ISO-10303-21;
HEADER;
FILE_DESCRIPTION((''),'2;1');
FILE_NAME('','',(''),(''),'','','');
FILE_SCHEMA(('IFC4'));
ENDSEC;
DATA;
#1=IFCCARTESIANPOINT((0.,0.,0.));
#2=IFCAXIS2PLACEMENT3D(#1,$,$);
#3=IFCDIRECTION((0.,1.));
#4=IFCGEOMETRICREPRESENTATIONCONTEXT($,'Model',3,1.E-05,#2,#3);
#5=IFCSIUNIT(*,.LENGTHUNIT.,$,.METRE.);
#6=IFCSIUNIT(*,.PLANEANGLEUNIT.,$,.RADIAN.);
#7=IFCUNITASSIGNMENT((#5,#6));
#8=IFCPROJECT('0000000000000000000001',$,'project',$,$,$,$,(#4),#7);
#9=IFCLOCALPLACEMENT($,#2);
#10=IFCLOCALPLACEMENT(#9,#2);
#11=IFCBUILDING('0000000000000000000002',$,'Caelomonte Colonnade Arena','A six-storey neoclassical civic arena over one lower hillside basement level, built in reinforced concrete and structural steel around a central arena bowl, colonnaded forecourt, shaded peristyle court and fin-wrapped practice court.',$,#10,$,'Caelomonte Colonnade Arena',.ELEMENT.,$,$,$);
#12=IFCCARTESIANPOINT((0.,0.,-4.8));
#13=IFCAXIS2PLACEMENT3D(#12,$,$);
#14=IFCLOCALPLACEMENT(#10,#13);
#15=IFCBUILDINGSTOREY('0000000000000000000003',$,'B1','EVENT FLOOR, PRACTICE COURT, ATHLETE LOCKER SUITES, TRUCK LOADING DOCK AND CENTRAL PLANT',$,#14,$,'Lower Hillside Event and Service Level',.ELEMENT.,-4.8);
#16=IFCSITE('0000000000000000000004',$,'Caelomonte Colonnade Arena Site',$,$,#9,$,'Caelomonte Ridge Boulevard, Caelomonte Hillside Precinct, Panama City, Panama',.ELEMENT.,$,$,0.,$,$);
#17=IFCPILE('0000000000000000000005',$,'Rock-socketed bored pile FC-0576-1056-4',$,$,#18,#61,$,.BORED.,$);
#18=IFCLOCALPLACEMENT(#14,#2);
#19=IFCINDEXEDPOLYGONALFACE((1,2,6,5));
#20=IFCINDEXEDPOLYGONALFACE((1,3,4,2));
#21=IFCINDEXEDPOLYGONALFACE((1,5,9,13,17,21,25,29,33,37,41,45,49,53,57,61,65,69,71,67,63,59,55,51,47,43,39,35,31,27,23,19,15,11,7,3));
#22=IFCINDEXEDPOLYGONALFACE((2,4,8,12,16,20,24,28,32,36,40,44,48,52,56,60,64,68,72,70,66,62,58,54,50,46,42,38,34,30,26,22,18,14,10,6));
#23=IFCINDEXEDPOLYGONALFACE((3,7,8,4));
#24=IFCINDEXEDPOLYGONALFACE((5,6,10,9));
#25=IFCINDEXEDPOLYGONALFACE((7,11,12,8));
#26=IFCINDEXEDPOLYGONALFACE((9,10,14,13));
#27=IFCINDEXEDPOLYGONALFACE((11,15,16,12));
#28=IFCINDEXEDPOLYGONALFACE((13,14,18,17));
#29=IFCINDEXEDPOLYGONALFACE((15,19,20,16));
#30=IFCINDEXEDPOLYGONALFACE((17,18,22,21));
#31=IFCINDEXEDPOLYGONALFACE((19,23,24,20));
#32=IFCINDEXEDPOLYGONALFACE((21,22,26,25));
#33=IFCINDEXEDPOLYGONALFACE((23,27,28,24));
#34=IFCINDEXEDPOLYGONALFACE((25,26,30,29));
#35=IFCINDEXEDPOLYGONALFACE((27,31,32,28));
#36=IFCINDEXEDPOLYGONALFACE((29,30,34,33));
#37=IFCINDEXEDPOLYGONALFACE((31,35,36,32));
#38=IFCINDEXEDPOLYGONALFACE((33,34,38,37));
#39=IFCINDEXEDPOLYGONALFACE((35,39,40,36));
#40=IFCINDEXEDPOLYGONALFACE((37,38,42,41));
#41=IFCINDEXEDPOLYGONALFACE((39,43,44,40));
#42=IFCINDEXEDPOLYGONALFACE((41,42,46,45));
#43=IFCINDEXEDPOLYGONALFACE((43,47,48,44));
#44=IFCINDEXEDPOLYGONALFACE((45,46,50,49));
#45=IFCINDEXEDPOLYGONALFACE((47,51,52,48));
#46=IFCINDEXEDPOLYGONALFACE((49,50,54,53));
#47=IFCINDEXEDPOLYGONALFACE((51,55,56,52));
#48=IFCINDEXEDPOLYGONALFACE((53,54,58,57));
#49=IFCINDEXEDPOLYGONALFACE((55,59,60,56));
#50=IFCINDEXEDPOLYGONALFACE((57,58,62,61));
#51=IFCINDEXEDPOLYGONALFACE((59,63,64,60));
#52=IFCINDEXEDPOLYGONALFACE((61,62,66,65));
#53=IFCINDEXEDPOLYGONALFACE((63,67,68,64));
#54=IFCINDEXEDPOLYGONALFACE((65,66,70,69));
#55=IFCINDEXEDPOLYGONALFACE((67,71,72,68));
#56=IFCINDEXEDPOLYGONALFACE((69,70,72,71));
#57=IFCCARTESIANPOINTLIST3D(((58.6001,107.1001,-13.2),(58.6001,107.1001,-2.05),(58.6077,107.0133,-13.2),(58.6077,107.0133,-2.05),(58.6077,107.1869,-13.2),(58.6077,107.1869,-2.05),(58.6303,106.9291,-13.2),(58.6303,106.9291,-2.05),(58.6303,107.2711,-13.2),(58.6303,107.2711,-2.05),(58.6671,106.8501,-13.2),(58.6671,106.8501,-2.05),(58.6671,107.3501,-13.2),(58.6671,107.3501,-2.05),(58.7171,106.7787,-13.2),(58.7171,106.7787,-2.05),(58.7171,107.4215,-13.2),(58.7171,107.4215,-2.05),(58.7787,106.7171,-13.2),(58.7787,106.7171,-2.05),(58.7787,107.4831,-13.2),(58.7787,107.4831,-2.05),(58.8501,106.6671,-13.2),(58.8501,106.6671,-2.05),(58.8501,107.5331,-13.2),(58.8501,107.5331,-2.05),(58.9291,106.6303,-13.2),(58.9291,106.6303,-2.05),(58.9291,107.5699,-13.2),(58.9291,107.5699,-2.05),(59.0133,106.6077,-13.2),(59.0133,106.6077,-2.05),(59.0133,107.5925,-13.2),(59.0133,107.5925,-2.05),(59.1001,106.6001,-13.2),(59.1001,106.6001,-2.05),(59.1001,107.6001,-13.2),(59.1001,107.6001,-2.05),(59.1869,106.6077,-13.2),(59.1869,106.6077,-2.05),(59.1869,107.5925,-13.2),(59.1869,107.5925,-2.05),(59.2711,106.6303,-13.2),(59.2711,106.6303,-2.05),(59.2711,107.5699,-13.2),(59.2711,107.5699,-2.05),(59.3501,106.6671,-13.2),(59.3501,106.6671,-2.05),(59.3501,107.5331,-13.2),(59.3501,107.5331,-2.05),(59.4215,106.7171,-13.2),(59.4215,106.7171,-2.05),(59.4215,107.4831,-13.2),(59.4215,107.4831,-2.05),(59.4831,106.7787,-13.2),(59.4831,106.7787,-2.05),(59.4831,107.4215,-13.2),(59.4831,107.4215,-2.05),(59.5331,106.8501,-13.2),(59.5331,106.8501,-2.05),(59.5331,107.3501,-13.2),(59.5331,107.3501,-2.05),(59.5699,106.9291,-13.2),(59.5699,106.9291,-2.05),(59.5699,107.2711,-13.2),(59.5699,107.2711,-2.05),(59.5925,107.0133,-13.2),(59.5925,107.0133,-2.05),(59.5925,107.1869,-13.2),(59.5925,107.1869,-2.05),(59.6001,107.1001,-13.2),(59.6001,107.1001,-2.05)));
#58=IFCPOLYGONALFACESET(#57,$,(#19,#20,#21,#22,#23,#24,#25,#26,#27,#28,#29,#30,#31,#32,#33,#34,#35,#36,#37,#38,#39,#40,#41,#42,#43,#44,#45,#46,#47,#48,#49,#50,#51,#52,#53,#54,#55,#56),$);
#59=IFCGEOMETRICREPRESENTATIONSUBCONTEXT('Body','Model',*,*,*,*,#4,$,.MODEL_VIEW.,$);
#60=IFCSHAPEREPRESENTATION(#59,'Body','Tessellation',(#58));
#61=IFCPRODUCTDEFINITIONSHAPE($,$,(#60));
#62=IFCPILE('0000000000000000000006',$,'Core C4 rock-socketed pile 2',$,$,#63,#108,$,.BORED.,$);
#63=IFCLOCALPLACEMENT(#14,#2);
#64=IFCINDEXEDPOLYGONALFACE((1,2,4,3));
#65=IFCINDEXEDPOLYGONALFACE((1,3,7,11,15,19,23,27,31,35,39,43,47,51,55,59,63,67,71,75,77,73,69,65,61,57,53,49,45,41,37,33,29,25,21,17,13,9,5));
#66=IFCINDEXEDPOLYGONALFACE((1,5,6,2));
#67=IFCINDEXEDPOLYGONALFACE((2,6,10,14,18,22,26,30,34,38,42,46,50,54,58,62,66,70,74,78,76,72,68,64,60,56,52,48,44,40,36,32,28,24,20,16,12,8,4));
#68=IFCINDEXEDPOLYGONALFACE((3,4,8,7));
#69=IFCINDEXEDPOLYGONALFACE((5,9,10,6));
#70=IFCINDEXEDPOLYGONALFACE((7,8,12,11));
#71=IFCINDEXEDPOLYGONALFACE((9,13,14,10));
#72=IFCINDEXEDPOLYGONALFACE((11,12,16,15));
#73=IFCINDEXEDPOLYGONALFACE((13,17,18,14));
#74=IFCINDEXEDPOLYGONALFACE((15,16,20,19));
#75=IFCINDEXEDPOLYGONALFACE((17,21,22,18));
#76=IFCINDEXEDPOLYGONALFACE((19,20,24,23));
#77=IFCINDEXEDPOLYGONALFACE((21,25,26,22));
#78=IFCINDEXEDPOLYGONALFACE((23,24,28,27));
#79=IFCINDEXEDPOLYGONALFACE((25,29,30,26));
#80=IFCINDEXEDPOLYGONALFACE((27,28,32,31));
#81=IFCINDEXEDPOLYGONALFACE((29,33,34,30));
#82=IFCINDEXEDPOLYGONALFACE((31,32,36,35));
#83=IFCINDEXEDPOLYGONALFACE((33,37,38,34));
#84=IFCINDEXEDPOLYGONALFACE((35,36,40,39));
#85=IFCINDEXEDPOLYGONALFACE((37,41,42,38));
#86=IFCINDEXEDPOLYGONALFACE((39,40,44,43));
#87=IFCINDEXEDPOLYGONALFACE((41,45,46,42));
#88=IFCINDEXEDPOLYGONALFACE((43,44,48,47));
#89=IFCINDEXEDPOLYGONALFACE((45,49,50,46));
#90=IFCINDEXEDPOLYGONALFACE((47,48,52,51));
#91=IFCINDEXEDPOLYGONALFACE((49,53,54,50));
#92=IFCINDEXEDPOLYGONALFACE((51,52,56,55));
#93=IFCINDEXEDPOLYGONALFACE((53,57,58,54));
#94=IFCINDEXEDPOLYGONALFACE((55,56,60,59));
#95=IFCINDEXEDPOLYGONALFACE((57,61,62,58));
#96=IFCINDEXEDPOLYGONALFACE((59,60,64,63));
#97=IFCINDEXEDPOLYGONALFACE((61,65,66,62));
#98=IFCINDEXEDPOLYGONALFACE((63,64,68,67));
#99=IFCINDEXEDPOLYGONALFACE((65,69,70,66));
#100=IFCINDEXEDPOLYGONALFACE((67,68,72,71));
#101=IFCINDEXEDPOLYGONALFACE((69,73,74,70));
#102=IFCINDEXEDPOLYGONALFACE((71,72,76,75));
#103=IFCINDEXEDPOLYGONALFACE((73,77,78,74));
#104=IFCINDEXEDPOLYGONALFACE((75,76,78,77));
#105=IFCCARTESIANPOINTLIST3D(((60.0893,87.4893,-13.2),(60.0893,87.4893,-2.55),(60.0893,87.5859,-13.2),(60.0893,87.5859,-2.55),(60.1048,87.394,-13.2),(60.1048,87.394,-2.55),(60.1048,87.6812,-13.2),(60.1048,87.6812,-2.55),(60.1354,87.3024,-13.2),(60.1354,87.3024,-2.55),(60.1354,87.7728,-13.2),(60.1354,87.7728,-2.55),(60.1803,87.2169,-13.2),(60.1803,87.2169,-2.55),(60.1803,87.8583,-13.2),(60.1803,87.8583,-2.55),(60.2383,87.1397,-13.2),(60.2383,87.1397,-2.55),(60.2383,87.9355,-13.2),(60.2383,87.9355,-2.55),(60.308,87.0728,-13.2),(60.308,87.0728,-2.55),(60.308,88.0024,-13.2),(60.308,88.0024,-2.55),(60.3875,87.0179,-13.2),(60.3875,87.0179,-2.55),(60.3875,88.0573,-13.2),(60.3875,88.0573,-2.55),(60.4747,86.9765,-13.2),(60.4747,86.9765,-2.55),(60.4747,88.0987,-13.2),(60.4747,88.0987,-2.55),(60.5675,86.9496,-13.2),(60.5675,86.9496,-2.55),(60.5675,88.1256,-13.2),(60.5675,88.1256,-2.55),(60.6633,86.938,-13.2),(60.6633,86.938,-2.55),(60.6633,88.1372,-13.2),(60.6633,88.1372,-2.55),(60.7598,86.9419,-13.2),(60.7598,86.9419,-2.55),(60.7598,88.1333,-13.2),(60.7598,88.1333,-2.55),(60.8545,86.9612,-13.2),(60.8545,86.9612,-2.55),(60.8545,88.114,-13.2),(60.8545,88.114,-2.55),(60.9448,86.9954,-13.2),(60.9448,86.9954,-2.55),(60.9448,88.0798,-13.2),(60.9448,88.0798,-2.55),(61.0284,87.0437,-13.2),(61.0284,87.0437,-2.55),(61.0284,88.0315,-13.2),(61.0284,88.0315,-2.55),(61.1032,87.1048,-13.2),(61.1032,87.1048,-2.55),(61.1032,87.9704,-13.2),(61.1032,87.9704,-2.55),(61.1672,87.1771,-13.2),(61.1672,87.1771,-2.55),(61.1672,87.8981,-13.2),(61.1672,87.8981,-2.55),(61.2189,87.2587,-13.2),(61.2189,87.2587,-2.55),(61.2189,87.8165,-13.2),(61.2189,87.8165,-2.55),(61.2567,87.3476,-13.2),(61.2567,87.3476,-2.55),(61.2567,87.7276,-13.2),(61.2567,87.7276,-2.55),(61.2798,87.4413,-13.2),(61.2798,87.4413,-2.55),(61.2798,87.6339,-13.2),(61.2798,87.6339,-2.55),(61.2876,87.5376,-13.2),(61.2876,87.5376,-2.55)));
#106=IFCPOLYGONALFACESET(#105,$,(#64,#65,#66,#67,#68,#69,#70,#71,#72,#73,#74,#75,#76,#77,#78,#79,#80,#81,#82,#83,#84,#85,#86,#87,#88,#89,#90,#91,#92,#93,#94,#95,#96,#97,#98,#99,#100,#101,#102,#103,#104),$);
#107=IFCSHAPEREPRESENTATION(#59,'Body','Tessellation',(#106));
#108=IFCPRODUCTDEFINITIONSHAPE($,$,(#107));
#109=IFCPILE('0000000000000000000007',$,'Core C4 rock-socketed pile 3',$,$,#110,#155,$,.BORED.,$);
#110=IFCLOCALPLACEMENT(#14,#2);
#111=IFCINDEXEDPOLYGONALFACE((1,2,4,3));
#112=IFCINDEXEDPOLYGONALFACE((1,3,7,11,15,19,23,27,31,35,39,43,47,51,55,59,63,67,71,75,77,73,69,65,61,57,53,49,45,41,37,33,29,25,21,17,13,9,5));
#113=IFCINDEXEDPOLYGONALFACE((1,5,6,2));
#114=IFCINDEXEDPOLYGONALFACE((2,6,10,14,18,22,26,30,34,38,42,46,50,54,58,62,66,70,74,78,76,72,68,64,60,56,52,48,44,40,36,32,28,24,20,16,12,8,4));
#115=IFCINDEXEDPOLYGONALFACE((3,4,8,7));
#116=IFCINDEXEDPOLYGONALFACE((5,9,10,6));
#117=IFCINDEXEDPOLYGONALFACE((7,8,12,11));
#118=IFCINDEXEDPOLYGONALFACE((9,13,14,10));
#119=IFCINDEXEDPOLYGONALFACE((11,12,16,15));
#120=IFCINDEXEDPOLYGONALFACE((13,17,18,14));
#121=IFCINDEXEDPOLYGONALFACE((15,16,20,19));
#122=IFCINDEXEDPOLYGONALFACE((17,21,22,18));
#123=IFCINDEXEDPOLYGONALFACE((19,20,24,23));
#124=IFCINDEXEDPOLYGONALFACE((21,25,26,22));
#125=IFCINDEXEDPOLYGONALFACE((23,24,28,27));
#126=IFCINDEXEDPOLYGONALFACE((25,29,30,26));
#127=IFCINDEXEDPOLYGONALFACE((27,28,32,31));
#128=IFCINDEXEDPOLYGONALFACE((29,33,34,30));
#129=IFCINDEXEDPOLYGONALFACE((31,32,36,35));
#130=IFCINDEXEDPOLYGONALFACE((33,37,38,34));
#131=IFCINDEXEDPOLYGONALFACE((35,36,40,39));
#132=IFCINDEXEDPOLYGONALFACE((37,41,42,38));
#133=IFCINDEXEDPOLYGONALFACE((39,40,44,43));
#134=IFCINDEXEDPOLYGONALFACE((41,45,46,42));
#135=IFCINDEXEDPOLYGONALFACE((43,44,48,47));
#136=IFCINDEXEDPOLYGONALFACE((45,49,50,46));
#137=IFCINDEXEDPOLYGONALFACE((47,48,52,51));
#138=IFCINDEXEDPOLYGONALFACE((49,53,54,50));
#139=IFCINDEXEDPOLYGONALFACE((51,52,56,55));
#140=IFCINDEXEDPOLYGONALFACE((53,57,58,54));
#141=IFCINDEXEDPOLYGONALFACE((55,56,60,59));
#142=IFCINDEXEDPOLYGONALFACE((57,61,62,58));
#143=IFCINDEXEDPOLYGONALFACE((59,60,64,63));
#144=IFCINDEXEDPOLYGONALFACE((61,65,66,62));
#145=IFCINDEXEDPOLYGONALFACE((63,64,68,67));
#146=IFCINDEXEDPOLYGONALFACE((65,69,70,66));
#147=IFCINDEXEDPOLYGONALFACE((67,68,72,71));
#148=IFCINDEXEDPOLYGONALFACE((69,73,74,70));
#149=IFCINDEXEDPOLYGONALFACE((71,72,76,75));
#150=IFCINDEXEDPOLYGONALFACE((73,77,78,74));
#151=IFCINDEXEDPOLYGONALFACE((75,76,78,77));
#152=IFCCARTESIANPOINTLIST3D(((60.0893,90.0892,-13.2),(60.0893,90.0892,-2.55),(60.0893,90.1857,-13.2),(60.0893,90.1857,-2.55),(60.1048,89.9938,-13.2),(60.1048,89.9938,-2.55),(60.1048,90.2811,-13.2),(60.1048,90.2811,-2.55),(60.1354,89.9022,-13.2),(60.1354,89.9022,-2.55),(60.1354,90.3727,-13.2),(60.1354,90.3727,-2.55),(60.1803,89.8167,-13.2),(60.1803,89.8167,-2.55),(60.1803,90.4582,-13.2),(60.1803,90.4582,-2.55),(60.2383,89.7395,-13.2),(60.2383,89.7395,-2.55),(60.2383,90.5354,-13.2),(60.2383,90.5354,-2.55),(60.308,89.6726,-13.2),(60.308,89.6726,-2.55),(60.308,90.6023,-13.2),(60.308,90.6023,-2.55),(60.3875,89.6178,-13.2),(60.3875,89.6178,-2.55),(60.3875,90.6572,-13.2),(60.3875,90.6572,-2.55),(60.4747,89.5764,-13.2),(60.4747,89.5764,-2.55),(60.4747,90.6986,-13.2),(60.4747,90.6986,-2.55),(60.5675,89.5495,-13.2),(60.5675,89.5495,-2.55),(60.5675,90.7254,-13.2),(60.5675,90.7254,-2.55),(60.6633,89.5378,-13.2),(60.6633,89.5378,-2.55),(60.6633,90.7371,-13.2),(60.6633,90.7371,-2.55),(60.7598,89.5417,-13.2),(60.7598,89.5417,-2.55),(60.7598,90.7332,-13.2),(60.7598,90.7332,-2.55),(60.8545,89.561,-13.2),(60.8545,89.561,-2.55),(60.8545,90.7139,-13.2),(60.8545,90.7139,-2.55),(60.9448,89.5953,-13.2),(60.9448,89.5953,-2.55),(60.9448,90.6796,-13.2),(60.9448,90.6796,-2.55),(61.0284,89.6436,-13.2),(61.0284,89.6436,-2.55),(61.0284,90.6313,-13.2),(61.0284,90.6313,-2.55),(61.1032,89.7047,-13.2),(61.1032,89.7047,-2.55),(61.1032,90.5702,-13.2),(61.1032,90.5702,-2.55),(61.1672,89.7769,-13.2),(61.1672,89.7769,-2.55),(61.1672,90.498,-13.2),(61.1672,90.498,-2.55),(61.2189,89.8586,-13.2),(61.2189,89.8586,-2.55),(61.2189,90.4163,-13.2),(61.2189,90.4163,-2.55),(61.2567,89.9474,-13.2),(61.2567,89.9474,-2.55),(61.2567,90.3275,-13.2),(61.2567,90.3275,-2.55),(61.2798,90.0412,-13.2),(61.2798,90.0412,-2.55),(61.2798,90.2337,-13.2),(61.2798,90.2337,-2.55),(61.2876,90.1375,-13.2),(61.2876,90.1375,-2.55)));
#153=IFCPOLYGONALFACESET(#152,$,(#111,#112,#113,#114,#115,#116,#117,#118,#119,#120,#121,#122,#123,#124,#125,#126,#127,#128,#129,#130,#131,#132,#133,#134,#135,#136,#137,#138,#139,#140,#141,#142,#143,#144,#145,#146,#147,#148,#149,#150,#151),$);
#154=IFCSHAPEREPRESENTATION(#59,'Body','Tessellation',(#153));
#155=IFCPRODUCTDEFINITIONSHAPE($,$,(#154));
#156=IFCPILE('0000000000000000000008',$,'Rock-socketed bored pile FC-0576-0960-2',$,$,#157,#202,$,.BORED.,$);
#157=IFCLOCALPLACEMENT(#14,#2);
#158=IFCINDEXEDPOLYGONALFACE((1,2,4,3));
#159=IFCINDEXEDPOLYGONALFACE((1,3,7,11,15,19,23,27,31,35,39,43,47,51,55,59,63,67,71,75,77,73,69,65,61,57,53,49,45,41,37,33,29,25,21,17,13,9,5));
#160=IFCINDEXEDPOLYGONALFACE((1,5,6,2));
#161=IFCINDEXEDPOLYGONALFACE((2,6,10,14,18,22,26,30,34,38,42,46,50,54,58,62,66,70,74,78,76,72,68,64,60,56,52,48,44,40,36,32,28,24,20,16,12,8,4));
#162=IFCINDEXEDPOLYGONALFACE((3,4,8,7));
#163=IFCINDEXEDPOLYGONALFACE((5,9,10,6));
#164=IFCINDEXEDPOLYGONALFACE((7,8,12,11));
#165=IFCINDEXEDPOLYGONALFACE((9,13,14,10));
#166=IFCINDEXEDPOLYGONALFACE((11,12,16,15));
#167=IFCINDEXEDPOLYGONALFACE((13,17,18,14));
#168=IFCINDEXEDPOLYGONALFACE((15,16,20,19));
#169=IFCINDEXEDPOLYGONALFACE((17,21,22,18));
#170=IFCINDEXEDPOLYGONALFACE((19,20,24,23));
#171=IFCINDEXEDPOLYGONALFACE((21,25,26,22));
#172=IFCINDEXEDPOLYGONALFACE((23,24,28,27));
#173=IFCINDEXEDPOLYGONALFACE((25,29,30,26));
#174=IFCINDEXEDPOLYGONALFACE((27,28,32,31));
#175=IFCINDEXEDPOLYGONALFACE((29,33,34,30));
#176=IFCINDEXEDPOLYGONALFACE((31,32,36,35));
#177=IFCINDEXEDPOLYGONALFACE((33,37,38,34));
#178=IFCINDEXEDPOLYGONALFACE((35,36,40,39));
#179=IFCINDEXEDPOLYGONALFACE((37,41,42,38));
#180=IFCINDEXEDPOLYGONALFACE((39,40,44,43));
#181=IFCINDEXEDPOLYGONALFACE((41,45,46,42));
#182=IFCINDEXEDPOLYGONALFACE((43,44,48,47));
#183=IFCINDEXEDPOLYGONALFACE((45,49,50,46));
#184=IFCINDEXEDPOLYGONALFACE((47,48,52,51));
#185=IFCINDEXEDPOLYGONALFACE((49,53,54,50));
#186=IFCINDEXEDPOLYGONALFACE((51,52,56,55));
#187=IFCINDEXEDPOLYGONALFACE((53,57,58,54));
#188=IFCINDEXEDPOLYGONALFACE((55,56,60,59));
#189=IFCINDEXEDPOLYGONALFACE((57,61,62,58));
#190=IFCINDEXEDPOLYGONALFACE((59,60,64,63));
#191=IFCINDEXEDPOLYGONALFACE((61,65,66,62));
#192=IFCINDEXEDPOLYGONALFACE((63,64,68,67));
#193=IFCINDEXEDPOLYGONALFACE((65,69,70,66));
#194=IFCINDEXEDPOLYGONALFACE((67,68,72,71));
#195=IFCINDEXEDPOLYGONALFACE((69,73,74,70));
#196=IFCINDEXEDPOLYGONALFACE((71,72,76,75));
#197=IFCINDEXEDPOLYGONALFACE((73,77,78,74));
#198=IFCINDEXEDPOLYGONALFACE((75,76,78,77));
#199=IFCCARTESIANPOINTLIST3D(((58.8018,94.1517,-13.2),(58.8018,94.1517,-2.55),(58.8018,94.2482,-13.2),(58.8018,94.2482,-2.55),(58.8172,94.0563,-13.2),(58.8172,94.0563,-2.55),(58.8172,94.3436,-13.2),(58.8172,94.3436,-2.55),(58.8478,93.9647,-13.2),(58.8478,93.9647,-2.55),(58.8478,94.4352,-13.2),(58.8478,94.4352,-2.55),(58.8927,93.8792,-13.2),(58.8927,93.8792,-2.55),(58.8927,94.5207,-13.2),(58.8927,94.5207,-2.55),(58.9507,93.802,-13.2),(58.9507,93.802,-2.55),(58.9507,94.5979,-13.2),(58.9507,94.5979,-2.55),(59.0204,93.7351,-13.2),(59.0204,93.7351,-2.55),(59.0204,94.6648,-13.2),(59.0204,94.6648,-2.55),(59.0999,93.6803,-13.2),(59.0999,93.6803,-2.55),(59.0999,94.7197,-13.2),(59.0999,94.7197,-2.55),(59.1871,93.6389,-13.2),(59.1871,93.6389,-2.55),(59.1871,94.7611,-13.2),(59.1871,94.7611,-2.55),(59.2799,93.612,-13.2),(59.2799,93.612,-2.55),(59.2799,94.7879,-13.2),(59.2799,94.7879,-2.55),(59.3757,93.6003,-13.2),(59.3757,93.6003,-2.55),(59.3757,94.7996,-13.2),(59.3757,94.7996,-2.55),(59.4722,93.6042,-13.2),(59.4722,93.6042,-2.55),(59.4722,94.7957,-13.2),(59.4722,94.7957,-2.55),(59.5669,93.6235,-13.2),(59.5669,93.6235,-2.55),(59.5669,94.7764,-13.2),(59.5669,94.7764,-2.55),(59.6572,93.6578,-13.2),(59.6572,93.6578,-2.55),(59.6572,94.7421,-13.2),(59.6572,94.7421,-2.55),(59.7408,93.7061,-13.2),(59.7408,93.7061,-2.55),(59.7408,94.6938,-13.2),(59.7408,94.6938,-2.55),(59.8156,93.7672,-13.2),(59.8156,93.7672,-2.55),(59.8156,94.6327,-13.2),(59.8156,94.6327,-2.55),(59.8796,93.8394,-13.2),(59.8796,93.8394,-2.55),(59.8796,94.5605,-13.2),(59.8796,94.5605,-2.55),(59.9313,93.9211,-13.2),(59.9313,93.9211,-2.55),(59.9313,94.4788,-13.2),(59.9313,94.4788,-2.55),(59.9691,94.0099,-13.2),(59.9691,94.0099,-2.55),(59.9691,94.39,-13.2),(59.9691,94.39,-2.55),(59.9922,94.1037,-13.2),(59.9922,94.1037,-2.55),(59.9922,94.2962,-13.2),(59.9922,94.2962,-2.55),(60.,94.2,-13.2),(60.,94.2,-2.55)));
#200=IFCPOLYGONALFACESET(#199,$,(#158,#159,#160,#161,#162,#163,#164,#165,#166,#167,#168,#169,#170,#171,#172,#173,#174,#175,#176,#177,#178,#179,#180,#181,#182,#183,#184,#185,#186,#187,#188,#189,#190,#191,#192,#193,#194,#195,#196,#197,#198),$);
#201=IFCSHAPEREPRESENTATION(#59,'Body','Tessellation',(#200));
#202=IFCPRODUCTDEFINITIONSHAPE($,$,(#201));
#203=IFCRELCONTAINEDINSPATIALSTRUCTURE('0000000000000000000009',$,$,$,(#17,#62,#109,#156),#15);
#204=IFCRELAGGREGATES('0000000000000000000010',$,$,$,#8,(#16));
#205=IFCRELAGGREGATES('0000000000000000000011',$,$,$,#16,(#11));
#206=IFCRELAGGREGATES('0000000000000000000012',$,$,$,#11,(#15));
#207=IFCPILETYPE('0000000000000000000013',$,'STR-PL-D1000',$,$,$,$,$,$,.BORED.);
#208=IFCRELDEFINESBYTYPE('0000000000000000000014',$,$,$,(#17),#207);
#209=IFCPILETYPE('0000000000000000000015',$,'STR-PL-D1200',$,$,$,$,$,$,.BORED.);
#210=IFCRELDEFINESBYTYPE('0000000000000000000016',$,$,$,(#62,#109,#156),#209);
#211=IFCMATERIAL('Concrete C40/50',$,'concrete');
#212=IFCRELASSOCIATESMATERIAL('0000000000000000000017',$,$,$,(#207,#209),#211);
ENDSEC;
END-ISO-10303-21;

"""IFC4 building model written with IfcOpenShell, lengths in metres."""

from ifc_helpers import new_model, si_unit, direction, frame, origin, origin_2d, place, context, subcontext, project, spatial, circle, extrude, material, material_profile, profile_set, type_object, element, save


model = new_model("IFC4")

# Units and contexts
model_context = context("Model", 3, precision=1e-05, world=origin(), true_north=direction((0.0, 1.0)))
body_context = subcontext(model_context, "Body", "Model", "MODEL_VIEW")
ifc_project = project(units=[si_unit("LENGTHUNIT", "METRE"), si_unit("PLANEANGLEUNIT", "RADIAN")], contexts=[model_context])

# Site, building, storey
site_placement = place(None, origin())
site = spatial("IfcSite", under=ifc_project, at=site_placement, Name="Caelomonte Colonnade Arena Site", LongName="Caelomonte Ridge Boulevard, Caelomonte Hillside Precinct, Panama City, Panama", CompositionType="ELEMENT", RefElevation=0.0)
building_placement = place(site_placement, origin())
building = spatial("IfcBuilding", under=site, at=building_placement, Name="Caelomonte Colonnade Arena", Description="A six-storey neoclassical civic arena over one lower hillside basement level, built in reinforced concrete and structural steel around a central arena bowl, colonnaded forecourt, shaded peristyle court and fin-wrapped practice court.", LongName="Caelomonte Colonnade Arena", CompositionType="ELEMENT")
storey_placement = place(building_placement, frame((0.0, 0.0, -4.8)))
storey = spatial("IfcBuildingStorey", under=building, at=storey_placement, Name="B1", Description="EVENT FLOOR, PRACTICE COURT, ATHLETE LOCKER SUITES, TRUCK LOADING DOCK AND CENTRAL PLANT", LongName="Lower Hillside Event and Service Level", CompositionType="ELEMENT", Elevation=-4.8)

# Shared definitions
ifc_material_1 = material(Name="Concrete C40/50", Category="concrete")

# Piles
ifc_material_profile_1 = material_profile(ifc_material_1, circle(Radius=0.5, at=origin_2d()), Name="PILE-D1000")
ifc_profile_set_1 = profile_set([ifc_material_profile_1], Name="Concrete C40/50")
pile_type_1 = type_object("IfcPileType", Name="STR-PL-D1000", PredefinedType="BORED", material=ifc_profile_set_1)
for number, where, z_axis, x_axis, name in (
    (1, (59.1001, 107.1001, -2.05), (0.0, 0.0, -1.0), (1.0, 0.0, 0.0), "Rock-socketed bored pile FC-0576-1056-4"),
):
    element("IfcPile", number, at=place(storey_placement, frame(where, z_axis=z_axis, x_axis=x_axis)), inside=storey, type_object=pile_type_1, Name=name, PredefinedType="BORED", context=body_context, shape_type="SweptSolid", body=[
        extrude(circle(Radius=0.5, at=origin_2d()), origin(), (0.0, 0.0, 1.0), 11.1499),
    ])
ifc_material_profile_2 = material_profile(ifc_material_1, circle(Radius=0.6001, at=origin_2d()), Name="PILE-D1200")
ifc_profile_set_2 = profile_set([ifc_material_profile_2], Name="Concrete C40/50")
pile_type_2 = type_object("IfcPileType", Name="STR-PL-D1200", PredefinedType="BORED", material=ifc_profile_set_2)
for number, where, z_axis, x_axis, name in (
    (2, (60.6875, 87.5376, -2.55), (0.0, 0.0, -1.0), (1.0, 0.0, 0.0), "Core C4 rock-socketed pile 2"),
    (3, (60.6875, 90.1375, -2.55), (0.0, 0.0, -1.0), (1.0, 0.0, 0.0), "Core C4 rock-socketed pile 3"),
    (4, (59.3999, 94.2, -2.55), (0.0, 0.0, -1.0), (1.0, 0.0, 0.0), "Rock-socketed bored pile FC-0576-0960-2"),
):
    element("IfcPile", number, at=place(storey_placement, frame(where, z_axis=z_axis, x_axis=x_axis)), inside=storey, type_object=pile_type_2, Name=name, PredefinedType="BORED", context=body_context, shape_type="SweptSolid", body=[
        extrude(circle(Radius=0.6001, at=origin_2d()), origin(), (0.0, 0.0, 1.0), 10.6499),
    ])

save(model, "model.ifc")
